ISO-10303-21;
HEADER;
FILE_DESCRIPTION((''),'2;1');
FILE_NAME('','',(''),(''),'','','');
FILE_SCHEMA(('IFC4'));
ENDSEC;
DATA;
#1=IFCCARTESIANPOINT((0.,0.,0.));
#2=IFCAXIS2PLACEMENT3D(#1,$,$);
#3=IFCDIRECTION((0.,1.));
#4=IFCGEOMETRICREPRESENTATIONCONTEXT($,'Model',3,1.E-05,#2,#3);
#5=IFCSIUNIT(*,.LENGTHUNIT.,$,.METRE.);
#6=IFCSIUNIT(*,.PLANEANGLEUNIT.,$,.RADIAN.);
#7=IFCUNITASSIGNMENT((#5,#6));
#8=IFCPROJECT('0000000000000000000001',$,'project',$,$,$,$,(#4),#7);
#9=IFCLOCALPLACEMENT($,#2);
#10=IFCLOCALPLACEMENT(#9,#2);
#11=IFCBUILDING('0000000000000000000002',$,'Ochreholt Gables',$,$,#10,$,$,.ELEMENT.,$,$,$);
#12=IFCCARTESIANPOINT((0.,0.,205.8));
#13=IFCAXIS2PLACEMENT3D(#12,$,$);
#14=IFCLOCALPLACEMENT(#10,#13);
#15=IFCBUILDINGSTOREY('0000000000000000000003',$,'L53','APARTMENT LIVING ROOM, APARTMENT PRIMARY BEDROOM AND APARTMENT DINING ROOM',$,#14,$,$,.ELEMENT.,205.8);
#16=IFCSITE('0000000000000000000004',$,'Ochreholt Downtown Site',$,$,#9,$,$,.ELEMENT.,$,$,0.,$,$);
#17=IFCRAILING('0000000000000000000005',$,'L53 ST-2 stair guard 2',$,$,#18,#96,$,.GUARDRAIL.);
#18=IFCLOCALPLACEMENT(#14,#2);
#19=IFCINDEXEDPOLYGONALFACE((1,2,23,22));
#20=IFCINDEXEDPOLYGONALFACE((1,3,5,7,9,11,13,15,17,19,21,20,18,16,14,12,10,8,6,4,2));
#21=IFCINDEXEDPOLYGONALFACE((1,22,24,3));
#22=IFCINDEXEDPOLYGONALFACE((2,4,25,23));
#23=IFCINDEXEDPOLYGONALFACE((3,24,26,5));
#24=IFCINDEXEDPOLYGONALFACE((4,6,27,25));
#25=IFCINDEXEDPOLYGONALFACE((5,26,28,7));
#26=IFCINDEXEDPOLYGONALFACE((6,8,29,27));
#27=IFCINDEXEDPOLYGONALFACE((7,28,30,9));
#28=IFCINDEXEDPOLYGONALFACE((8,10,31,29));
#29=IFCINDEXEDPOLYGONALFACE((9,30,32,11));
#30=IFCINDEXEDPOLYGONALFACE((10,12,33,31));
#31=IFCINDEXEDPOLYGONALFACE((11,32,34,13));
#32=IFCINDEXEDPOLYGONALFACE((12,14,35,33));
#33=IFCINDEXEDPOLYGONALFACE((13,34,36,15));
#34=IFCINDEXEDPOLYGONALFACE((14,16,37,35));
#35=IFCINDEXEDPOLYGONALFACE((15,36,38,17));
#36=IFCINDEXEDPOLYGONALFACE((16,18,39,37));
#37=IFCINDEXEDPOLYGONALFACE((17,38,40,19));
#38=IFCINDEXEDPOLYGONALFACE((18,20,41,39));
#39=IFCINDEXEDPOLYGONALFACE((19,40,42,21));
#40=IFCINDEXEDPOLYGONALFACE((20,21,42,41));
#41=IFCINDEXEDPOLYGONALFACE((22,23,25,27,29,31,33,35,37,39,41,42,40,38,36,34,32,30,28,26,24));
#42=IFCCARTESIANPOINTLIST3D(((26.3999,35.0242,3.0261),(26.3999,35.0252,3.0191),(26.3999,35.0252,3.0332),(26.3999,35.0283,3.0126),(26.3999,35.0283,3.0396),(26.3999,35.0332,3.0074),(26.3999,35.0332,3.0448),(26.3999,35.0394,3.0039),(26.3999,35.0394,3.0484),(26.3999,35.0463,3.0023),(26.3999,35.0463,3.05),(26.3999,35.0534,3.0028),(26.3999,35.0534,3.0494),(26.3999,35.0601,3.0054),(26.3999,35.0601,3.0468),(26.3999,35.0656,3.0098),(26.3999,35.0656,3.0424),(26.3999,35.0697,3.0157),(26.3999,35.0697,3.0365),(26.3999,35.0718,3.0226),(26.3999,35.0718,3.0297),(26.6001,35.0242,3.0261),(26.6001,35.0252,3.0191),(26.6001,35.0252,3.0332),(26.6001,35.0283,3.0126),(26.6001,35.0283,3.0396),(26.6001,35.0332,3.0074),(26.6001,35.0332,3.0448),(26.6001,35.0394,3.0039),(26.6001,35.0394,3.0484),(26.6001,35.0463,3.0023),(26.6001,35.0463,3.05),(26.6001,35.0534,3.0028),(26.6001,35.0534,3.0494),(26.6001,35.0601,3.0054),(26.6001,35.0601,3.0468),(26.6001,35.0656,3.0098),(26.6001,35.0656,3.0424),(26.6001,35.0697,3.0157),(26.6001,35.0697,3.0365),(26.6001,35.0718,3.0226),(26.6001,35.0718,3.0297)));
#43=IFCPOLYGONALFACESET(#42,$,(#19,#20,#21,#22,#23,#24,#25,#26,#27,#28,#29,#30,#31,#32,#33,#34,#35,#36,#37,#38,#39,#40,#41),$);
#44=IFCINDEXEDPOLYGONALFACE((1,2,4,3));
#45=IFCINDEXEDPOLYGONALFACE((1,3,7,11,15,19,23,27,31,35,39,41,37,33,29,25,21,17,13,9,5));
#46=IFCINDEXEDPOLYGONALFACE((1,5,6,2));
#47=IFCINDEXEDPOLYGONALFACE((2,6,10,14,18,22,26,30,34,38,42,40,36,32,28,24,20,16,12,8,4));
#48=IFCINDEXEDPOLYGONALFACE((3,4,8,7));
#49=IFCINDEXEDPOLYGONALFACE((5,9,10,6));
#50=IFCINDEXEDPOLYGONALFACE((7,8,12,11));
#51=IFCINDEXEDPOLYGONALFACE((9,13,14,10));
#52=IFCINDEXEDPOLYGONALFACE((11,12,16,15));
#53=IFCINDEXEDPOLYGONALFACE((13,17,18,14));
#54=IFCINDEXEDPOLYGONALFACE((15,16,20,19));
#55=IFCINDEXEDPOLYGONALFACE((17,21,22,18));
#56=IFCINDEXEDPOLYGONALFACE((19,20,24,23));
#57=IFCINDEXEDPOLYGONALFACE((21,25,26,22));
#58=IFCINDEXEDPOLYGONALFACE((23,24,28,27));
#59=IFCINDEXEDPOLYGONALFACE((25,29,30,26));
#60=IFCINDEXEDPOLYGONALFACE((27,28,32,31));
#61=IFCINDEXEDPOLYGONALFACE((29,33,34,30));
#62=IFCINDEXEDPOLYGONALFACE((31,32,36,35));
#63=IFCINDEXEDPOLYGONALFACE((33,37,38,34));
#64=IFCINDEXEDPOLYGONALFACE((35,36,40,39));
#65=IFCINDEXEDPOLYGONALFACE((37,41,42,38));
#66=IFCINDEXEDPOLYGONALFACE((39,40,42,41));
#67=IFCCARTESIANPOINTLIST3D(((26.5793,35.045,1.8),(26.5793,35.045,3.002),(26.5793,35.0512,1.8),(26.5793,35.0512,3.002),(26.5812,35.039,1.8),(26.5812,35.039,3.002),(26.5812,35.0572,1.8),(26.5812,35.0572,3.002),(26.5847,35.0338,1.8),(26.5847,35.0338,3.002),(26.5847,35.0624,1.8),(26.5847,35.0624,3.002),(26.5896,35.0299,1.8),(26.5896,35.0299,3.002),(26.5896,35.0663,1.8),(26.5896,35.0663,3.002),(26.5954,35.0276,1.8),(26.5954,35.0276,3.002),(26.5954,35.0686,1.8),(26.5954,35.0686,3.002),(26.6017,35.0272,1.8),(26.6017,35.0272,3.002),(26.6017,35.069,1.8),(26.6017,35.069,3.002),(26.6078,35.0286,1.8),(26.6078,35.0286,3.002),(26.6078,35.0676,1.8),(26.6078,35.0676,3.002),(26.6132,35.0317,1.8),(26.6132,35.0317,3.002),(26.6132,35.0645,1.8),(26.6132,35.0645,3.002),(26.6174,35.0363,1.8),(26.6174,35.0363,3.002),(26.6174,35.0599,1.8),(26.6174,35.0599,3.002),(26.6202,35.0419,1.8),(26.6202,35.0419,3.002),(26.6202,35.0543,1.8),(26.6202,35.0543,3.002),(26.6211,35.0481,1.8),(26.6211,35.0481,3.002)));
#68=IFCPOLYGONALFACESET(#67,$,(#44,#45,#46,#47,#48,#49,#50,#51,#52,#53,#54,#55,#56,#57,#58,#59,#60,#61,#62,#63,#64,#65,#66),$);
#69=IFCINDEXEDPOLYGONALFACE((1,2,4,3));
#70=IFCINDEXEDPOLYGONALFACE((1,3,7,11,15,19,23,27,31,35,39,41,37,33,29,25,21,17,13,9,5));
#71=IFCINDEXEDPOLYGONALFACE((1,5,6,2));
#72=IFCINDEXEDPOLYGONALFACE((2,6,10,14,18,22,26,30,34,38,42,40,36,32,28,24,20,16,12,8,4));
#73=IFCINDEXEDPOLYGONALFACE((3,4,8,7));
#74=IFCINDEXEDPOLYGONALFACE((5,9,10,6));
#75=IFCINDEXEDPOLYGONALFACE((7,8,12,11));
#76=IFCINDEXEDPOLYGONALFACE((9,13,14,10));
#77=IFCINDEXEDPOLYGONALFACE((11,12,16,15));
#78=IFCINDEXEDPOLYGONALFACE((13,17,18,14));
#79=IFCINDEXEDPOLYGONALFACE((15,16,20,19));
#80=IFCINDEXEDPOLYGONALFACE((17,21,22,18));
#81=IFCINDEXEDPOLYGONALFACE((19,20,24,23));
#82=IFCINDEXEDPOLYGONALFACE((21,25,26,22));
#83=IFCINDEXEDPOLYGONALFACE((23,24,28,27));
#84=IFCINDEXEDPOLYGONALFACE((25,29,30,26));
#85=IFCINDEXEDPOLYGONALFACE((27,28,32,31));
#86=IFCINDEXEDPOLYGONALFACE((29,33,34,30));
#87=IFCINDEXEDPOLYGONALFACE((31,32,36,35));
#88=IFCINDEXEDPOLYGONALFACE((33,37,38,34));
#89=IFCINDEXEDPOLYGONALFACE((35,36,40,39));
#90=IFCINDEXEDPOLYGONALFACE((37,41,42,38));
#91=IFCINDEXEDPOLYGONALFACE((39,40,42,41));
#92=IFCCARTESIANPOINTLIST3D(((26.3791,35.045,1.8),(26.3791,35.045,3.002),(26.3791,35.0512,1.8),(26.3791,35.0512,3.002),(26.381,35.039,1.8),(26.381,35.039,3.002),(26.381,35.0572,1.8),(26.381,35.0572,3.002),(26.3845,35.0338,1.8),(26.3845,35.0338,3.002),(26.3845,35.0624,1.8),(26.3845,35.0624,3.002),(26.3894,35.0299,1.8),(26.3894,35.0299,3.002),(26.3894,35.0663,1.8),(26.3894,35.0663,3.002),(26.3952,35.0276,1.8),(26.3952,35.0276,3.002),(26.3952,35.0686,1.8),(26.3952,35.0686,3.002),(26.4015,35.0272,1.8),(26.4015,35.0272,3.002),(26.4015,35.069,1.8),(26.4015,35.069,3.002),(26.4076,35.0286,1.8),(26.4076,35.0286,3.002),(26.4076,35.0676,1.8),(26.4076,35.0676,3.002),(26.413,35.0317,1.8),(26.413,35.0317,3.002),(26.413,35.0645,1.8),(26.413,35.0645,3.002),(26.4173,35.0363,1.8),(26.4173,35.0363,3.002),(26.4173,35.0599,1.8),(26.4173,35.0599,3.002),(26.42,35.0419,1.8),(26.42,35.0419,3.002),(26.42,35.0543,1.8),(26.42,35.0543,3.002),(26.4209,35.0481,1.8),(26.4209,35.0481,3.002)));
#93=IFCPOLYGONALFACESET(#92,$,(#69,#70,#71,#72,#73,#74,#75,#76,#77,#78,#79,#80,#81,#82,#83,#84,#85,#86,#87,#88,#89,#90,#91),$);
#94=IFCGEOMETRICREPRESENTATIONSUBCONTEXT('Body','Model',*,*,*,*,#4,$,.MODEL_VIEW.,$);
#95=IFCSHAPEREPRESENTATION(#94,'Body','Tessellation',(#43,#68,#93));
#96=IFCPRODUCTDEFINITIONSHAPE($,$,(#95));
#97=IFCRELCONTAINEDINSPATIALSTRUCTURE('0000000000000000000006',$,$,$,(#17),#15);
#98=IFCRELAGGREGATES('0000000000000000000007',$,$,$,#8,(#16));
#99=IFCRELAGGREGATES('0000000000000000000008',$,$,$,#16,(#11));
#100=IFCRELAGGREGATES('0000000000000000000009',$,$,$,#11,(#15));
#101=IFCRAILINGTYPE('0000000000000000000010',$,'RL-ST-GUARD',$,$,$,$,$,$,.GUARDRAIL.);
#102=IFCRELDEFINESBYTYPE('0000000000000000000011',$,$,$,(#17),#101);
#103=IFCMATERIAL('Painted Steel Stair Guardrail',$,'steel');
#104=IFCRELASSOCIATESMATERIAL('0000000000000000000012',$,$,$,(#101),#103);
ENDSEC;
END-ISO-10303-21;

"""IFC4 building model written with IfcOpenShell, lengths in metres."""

from ifc_helpers import new_model, si_unit, direction, frame, origin, origin_2d, place, context, subcontext, project, spatial, circle, extrude, material, type_object, element, save


model = new_model("IFC4")

# Units and contexts
model_context = context("Model", 3, precision=1e-05, world=origin(), true_north=direction((0.0, 1.0)))
body_context = subcontext(model_context, "Body", "Model", "MODEL_VIEW")
ifc_project = project(units=[si_unit("LENGTHUNIT", "METRE"), si_unit("PLANEANGLEUNIT", "RADIAN")], contexts=[model_context])

# Site, building, storey
site_placement = place(None, origin())
site = spatial("IfcSite", under=ifc_project, at=site_placement, Name="Ochreholt Downtown Site", CompositionType="ELEMENT", RefElevation=0.0)
building_placement = place(site_placement, origin())
building = spatial("IfcBuilding", under=site, at=building_placement, Name="Ochreholt Gables", CompositionType="ELEMENT")
storey_placement = place(building_placement, frame((0.0, 0.0, 205.8)))
storey = spatial("IfcBuildingStorey", under=building, at=storey_placement, Name="L53", Description="APARTMENT LIVING ROOM, APARTMENT PRIMARY BEDROOM AND APARTMENT DINING ROOM", CompositionType="ELEMENT", Elevation=205.8)

# Railing
ifc_material_1 = material(Name="Painted Steel Stair Guardrail", Category="steel")
railing_type_1 = type_object("IfcRailingType", Name="RL-ST-GUARD", PredefinedType="GUARDRAIL", material=ifc_material_1)
railing_1_placement = place(storey_placement, frame((26.6001, 35.0481, 1.8)))
element("IfcRailing", 1, at=railing_1_placement, inside=storey, type_object=railing_type_1, Name="L53 ST-2 stair guard 2", PredefinedType="GUARDRAIL", context=body_context, shape_type="SweptSolid", body=[
    extrude(circle(Radius=0.0239, at=origin_2d()), frame((0.0, 0.0, 1.2261), z_axis=(-1.0, 0.0, 0.0), x_axis=(0.0, -1.0, 0.0)), (0.0, 0.0, 1.0), 0.2002),
    extrude(circle(Radius=0.021, at=origin_2d()), origin(), (0.0, 0.0, 1.0), 1.2019),
    extrude(circle(Radius=0.021, at=origin_2d()), frame((-0.2002, 0.0, 0.0)), (0.0, 0.0, 1.0), 1.2019),
])

save(model, "model.ifc")
